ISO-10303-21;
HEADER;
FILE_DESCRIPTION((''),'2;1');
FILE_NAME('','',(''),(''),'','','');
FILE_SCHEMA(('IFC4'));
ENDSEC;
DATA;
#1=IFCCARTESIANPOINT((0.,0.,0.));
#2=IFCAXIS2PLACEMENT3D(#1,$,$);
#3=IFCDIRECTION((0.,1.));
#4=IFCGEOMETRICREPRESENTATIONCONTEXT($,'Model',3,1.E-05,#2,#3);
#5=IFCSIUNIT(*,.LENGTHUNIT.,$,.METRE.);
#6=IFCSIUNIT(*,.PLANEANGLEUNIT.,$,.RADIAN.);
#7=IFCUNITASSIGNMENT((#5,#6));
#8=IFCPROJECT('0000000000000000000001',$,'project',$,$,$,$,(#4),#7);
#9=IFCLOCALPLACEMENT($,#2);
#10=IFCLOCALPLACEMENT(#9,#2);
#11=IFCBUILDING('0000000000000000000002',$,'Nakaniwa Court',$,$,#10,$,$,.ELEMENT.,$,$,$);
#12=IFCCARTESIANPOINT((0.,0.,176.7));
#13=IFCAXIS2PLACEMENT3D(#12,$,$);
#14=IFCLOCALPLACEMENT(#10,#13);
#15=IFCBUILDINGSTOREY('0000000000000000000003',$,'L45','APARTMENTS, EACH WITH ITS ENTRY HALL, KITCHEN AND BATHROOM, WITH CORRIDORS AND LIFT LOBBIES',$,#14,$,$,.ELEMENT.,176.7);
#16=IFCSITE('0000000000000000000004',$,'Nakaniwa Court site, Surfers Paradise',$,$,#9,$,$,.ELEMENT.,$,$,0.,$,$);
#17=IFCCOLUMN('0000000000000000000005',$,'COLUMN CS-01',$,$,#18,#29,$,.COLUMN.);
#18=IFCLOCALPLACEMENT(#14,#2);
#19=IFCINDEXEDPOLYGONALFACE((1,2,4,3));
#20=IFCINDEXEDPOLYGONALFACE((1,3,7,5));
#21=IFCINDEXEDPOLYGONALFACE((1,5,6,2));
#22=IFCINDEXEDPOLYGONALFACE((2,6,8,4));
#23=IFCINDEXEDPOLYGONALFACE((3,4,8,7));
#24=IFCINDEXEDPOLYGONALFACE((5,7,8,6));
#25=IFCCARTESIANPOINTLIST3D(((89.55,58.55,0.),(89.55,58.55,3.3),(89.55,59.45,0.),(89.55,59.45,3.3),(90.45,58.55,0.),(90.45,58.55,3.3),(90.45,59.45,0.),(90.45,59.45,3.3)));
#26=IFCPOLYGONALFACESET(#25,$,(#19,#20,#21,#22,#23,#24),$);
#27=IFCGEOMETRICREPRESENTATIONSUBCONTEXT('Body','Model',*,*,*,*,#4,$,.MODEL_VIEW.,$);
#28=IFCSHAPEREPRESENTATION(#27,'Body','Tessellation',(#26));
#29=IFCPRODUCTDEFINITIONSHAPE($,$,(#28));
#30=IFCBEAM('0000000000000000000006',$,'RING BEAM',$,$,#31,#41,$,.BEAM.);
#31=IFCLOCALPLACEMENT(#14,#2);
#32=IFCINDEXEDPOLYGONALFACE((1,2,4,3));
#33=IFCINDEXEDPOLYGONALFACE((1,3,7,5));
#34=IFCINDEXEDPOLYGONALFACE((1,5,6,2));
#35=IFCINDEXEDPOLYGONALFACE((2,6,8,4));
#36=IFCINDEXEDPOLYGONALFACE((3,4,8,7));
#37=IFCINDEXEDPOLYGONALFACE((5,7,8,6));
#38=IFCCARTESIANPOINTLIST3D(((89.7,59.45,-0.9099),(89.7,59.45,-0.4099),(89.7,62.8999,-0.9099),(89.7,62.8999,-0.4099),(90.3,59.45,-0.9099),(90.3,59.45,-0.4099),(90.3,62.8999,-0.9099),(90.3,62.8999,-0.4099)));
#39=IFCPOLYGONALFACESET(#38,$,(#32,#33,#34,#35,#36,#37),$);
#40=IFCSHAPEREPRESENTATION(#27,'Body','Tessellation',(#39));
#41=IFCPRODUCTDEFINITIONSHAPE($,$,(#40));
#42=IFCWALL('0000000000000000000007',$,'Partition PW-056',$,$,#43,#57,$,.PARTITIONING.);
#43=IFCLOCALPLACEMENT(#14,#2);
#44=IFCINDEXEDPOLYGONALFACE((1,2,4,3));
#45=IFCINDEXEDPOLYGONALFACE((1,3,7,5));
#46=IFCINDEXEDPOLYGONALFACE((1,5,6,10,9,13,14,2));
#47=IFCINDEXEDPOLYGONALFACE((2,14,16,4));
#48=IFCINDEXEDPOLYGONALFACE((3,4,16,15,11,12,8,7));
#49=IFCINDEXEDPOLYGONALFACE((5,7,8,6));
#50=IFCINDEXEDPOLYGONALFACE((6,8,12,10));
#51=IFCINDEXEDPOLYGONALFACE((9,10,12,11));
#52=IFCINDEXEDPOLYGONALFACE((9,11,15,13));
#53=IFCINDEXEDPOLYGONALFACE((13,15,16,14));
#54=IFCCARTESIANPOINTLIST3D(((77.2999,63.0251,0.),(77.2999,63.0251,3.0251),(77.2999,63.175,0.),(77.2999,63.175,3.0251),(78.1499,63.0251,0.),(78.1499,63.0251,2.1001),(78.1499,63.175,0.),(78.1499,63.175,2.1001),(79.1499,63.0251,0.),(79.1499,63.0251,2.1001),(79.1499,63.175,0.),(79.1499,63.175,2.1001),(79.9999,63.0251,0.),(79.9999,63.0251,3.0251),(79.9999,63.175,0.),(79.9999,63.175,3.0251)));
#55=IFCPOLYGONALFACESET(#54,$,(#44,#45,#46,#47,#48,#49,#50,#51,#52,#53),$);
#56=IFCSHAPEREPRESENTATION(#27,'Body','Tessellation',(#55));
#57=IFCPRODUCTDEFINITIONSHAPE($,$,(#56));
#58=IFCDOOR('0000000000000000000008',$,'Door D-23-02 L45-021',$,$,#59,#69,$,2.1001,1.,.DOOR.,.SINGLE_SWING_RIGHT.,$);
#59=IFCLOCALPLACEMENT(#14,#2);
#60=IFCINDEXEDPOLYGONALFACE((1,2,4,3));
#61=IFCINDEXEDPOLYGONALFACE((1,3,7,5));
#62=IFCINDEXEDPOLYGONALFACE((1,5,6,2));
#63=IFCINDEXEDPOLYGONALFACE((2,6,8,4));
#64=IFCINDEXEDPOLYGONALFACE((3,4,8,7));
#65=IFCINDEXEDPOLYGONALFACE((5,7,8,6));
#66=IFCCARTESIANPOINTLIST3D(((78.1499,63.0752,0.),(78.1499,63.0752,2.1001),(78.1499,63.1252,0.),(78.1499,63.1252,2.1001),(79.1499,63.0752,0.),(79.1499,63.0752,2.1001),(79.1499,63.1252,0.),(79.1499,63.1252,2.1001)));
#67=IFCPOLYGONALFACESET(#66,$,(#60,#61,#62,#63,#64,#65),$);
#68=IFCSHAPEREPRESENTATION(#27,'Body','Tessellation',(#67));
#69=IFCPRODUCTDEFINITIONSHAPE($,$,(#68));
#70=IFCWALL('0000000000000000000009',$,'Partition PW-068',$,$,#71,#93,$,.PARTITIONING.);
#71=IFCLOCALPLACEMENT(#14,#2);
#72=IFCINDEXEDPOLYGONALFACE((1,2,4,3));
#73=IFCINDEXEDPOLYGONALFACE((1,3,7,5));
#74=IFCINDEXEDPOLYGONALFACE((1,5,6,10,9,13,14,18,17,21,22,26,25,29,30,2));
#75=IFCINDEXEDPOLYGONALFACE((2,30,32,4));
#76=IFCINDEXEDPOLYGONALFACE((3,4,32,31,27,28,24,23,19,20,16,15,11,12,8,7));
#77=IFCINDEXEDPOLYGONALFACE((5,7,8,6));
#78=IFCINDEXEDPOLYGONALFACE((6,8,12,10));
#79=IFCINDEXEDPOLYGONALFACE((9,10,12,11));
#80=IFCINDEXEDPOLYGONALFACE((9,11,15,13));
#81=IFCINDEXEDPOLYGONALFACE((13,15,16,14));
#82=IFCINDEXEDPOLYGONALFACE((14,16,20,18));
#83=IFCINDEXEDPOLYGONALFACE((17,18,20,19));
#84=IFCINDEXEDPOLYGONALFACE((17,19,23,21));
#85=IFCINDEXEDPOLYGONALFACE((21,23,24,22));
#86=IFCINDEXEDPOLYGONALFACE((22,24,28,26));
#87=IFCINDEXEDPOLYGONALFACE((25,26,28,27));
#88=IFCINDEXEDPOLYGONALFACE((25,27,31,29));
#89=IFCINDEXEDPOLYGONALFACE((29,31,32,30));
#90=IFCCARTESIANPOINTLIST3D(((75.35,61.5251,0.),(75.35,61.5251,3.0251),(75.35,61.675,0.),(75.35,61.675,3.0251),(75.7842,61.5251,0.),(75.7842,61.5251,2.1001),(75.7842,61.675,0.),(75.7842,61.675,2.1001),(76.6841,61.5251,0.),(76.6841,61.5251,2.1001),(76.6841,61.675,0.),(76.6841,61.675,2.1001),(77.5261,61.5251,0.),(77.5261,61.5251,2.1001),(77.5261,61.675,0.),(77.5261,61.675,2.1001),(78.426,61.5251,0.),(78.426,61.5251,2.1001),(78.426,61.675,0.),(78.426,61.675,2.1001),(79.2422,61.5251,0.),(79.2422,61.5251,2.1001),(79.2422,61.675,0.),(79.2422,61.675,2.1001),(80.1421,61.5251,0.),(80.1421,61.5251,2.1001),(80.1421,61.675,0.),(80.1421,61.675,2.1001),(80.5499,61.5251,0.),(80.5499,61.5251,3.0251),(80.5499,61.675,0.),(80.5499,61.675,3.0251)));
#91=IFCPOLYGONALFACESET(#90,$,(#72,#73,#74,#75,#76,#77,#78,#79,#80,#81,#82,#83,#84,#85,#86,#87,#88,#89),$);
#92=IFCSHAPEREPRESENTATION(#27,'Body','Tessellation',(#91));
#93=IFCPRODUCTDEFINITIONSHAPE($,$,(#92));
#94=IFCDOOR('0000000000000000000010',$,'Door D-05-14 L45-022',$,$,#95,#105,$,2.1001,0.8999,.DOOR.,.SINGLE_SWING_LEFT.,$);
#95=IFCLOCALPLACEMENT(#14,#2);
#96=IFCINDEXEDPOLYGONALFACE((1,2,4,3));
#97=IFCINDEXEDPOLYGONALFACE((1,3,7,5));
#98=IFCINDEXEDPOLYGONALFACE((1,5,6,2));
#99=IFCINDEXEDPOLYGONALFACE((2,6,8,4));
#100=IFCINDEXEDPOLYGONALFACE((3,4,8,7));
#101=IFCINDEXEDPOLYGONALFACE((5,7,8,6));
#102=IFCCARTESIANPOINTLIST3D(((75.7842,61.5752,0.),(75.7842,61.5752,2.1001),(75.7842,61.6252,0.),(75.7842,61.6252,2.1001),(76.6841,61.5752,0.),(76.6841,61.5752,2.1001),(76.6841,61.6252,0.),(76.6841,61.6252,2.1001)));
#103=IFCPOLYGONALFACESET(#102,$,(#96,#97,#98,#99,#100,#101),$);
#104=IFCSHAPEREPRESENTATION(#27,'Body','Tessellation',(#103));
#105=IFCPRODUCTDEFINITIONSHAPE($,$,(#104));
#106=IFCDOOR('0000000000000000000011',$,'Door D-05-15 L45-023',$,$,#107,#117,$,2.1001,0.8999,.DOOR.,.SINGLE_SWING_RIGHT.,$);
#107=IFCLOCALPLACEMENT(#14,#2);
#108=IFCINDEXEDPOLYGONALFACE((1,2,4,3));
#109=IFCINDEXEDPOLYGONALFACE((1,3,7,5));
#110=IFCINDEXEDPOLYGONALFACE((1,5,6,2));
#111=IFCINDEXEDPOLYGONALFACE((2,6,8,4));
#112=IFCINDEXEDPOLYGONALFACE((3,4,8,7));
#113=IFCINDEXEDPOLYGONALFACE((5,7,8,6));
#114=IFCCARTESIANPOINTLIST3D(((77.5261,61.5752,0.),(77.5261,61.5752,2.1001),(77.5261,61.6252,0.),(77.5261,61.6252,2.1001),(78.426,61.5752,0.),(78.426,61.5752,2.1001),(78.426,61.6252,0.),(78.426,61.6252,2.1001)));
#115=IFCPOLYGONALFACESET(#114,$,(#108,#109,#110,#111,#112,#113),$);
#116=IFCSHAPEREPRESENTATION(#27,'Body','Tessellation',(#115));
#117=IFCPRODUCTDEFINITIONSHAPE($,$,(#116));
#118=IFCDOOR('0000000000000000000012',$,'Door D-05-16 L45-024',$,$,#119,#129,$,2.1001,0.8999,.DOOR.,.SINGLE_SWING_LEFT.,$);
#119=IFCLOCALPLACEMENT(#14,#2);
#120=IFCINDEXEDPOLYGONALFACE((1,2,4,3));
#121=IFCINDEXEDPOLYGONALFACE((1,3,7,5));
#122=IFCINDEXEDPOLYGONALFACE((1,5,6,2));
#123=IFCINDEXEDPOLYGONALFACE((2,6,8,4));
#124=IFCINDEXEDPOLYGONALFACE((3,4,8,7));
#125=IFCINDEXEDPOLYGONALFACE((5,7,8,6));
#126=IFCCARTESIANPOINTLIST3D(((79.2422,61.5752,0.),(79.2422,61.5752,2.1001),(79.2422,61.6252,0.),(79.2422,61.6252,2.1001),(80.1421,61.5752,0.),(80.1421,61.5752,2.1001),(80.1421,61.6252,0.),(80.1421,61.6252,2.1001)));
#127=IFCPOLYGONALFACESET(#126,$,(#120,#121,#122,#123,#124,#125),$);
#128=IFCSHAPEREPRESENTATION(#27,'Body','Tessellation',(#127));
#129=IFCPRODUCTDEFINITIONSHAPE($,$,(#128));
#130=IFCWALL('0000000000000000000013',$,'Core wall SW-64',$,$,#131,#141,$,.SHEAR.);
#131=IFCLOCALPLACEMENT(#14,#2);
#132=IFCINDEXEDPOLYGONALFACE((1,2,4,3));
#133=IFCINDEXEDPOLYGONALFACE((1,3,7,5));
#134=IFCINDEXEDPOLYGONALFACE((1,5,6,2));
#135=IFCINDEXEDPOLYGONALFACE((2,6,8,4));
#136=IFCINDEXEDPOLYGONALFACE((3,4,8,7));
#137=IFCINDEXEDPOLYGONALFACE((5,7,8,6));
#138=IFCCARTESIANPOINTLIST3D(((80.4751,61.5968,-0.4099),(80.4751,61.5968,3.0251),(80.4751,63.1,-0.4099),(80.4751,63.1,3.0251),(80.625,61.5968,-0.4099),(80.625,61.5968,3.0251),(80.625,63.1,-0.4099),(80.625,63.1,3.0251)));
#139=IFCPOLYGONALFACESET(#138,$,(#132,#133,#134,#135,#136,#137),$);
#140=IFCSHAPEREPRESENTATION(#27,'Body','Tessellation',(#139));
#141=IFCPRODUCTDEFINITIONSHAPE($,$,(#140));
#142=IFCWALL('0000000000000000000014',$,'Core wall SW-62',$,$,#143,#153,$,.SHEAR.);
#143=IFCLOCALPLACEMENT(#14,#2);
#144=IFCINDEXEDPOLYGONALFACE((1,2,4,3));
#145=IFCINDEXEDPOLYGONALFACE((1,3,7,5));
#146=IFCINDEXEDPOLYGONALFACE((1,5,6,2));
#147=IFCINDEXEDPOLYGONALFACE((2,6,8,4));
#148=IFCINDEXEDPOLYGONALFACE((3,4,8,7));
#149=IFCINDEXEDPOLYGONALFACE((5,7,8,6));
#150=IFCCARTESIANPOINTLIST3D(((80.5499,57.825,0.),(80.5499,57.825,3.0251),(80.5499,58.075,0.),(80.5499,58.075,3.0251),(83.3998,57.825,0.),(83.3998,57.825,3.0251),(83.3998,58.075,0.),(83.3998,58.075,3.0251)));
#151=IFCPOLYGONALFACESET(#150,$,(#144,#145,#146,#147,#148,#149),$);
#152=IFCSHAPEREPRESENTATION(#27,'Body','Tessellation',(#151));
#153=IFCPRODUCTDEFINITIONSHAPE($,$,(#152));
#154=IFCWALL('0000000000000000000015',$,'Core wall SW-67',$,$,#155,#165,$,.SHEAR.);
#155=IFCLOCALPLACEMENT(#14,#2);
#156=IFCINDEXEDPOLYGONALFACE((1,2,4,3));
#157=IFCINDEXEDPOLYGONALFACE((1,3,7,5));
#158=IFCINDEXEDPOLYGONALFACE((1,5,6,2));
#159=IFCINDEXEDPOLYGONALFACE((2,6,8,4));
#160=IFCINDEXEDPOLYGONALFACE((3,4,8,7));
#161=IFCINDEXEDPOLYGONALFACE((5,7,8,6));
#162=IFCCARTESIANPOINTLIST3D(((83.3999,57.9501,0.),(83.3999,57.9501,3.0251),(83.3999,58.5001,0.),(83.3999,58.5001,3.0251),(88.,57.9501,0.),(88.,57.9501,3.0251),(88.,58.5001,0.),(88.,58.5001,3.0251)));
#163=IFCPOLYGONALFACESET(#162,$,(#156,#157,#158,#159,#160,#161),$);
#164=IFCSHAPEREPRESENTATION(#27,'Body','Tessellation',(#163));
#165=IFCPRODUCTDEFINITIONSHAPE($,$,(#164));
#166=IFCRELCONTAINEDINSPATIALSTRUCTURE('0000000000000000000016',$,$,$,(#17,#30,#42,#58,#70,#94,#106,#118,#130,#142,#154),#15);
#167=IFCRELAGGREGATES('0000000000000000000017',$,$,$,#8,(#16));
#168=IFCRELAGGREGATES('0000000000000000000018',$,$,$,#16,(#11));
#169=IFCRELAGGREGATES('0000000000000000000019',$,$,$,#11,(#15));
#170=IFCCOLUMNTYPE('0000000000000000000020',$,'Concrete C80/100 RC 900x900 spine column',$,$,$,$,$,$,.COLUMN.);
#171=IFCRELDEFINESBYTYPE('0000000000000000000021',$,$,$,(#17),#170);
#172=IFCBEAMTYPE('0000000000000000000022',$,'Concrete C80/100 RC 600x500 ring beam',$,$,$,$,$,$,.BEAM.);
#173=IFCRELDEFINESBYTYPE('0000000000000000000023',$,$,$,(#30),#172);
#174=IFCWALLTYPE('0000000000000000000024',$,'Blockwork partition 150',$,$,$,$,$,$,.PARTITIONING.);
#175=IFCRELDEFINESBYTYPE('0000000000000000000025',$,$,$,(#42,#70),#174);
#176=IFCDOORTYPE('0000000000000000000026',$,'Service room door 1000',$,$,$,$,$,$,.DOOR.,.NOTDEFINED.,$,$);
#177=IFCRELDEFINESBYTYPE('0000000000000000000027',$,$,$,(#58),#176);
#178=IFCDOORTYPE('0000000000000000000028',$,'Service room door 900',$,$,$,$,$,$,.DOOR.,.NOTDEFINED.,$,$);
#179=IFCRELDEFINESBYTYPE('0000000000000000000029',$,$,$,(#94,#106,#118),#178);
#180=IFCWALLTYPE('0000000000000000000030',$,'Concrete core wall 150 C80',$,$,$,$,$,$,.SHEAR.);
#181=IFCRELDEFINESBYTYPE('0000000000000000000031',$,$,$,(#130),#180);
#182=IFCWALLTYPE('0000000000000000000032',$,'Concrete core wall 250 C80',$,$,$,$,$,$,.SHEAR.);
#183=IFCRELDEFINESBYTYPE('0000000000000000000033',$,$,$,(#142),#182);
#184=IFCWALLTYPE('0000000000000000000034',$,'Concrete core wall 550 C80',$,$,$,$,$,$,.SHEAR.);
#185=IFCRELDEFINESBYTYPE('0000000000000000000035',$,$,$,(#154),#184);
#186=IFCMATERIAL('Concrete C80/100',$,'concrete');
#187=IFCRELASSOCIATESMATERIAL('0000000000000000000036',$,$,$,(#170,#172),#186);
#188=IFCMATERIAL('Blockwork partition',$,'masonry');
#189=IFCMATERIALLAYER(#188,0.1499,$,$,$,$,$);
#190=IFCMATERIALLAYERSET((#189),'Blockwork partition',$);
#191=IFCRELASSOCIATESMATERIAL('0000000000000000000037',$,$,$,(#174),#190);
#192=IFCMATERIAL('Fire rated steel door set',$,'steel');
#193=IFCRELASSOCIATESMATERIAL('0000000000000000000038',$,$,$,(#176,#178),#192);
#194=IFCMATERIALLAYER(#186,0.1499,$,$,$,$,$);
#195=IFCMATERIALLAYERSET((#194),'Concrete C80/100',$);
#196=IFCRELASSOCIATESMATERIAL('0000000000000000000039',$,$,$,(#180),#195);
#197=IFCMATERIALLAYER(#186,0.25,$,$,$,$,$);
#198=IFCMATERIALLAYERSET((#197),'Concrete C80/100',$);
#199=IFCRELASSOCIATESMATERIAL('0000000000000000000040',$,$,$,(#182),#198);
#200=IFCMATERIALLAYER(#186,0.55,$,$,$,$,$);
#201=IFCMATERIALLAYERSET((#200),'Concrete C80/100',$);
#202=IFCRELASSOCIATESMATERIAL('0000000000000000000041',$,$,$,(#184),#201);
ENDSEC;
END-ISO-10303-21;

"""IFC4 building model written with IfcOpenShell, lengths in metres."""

from ifc_helpers import new_model, si_unit, direction, frame, frame_2d, origin, origin_2d, place, context, subcontext, project, spatial, rectangle, extrude, material, layer, layer_set, material_profile, profile_set, type_object, element, fill, save


model = new_model("IFC4")

# Units and contexts
model_context = context("Model", 3, precision=1e-05, world=origin(), true_north=direction((0.0, 1.0)))
body_context = subcontext(model_context, "Body", "Model", "MODEL_VIEW")
ifc_project = project(units=[si_unit("LENGTHUNIT", "METRE"), si_unit("PLANEANGLEUNIT", "RADIAN")], contexts=[model_context])

# Site, building, storey
site_placement = place(None, origin())
site = spatial("IfcSite", under=ifc_project, at=site_placement, Name="Nakaniwa Court site, Surfers Paradise", CompositionType="ELEMENT", RefElevation=0.0)
building_placement = place(site_placement, origin())
building = spatial("IfcBuilding", under=site, at=building_placement, Name="Nakaniwa Court", CompositionType="ELEMENT")
storey_placement = place(building_placement, frame((0.0, 0.0, 176.7)))
storey = spatial("IfcBuildingStorey", under=building, at=storey_placement, Name="L45", Description="APARTMENTS, EACH WITH ITS ENTRY HALL, KITCHEN AND BATHROOM, WITH CORRIDORS AND LIFT LOBBIES", CompositionType="ELEMENT", Elevation=176.7)

# Column
ifc_material_1 = material(Name="Concrete C80/100", Category="concrete")
ifc_material_profile_1 = material_profile(ifc_material_1, rectangle(XDim=0.8999, YDim=0.8999, at=origin_2d()), Name="Concrete C80/100 RC 900x900 spine column")
ifc_profile_set_1 = profile_set([ifc_material_profile_1], Name="Concrete C80/100")
column_type = type_object("IfcColumnType", Name="Concrete C80/100 RC 900x900 spine column", PredefinedType="COLUMN", material=ifc_profile_set_1)
column_placement = place(storey_placement, frame((90.0, 59.0, 0.0), z_axis=(0.0, 0.0, 1.0), x_axis=(0.0, 1.0, 0.0)))
element("IfcColumn", 1, at=column_placement, inside=storey, type_object=column_type, Name="COLUMN CS-01", PredefinedType="COLUMN", context=body_context, shape_type="SweptSolid", body=[
    extrude(rectangle(XDim=0.8999, YDim=0.8999, at=origin_2d()), origin(), (0.0, 0.0, 1.0), 3.3),
])

# Beam
ifc_material_profile_2 = material_profile(ifc_material_1, rectangle(XDim=0.6001, YDim=0.5, at=origin_2d()), Name="Concrete C80/100 RC 600x500 ring beam")
ifc_profile_set_2 = profile_set([ifc_material_profile_2], Name="Concrete C80/100")
beam_type = type_object("IfcBeamType", Name="Concrete C80/100 RC 600x500 ring beam", PredefinedType="BEAM", material=ifc_profile_set_2)
beam_placement = place(storey_placement, frame((90.0, 59.45, -0.6599), z_axis=(0.0, 1.0, 0.0), x_axis=(-1.0, 0.0, 0.0)))
element("IfcBeam", 2, at=beam_placement, inside=storey, type_object=beam_type, Name="RING BEAM", PredefinedType="BEAM", context=body_context, shape_type="SweptSolid", body=[
    extrude(rectangle(XDim=0.6001, YDim=0.5, at=origin_2d()), origin(), (0.0, 0.0, 1.0), 3.45),
])

# Wall, opening, door
ifc_material_2 = material(Name="Blockwork partition", Category="masonry")
ifc_layer_1 = layer(ifc_material_2, 0.1499)
ifc_layer_set_1 = layer_set([ifc_layer_1], Name="Blockwork partition")
wall_type_1 = type_object("IfcWallType", Name="Blockwork partition 150", PredefinedType="PARTITIONING", material=ifc_layer_set_1)
wall_1_placement = place(storey_placement, frame((80.0, 63.1001, 0.0), z_axis=(0.0, 0.0, 1.0), x_axis=(-1.0, 0.0, 0.0)))
wall_1 = element("IfcWall", 3, at=wall_1_placement, inside=storey, type_object=wall_type_1, Name="Partition PW-056", PredefinedType="PARTITIONING", context=body_context, shape_type="SweptSolid", body=[
    extrude(rectangle(XDim=2.7, YDim=0.1499, at=frame_2d((1.3501, 0.0))), origin(), (0.0, 0.0, 1.0), 3.0251),
])
opening_1_placement = place(wall_1_placement, frame((0.8501, 0.0, 0.0)))
opening_1 = element("IfcOpeningElement", 4, at=opening_1_placement, cuts=wall_1, PredefinedType="OPENING", context=body_context, shape_type="SweptSolid", body=[
    extrude(rectangle(XDim=1.0, YDim=2.1001, at=frame_2d((0.5, 1.05))), frame((0.0, 0.085, 0.0), z_axis=(0.0, -1.0, 0.0), x_axis=(1.0, 0.0, 0.0)), (0.0, 0.0, 1.0), 0.1699),
])
ifc_material_3 = material(Name="Fire rated steel door set", Category="steel")
door_type_1 = type_object("IfcDoorType", Name="Service room door 1000", OperationType="NOTDEFINED", PredefinedType="DOOR", material=ifc_material_3)
door_1_placement = place(opening_1_placement, origin())
door_1 = element("IfcDoor", 5, at=door_1_placement, inside=storey, type_object=door_type_1, Name="Door D-23-02 L45-021", OperationType="SINGLE_SWING_RIGHT", OverallHeight=2.1001, OverallWidth=1.0, PredefinedType="DOOR", context=body_context, shape_type="SweptSolid", body=[
    extrude(rectangle(XDim=1.0, YDim=2.1001, at=frame_2d((0.5, 1.05))), frame((0.0, 0.0249, 0.0), z_axis=(0.0, -1.0, 0.0), x_axis=(1.0, 0.0, 0.0)), (0.0, 0.0, 1.0), 0.05),
])
fill(opening_1, door_1)

# Wall, openings, doors
wall_2_placement = place(storey_placement, frame((80.55, 61.6001, 0.0), z_axis=(0.0, 0.0, 1.0), x_axis=(-1.0, 0.0, 0.0)))
wall_2 = element("IfcWall", 6, at=wall_2_placement, inside=storey, type_object=wall_type_1, Name="Partition PW-068", PredefinedType="PARTITIONING", context=body_context, shape_type="SweptSolid", body=[
    extrude(rectangle(XDim=5.2, YDim=0.1499, at=frame_2d((2.6001, 0.0))), origin(), (0.0, 0.0, 1.0), 3.0251),
])
opening_2_placement = place(wall_2_placement, frame((3.866, 0.0, 0.0)))
opening_2 = element("IfcOpeningElement", 7, at=opening_2_placement, cuts=wall_2, PredefinedType="OPENING", context=body_context, shape_type="SweptSolid", body=[
    extrude(rectangle(XDim=0.8999, YDim=2.1001, at=frame_2d((0.45, 1.05))), frame((0.0, 0.085, 0.0), z_axis=(0.0, -1.0, 0.0), x_axis=(1.0, 0.0, 0.0)), (0.0, 0.0, 1.0), 0.1699),
])
opening_3_placement = place(wall_2_placement, frame((2.124, 0.0, 0.0)))
opening_3 = element("IfcOpeningElement", 8, at=opening_3_placement, cuts=wall_2, PredefinedType="OPENING", context=body_context, shape_type="SweptSolid", body=[
    extrude(rectangle(XDim=0.8999, YDim=2.1001, at=frame_2d((0.45, 1.05))), frame((0.0, 0.085, 0.0), z_axis=(0.0, -1.0, 0.0), x_axis=(1.0, 0.0, 0.0)), (0.0, 0.0, 1.0), 0.1699),
])
opening_4_placement = place(wall_2_placement, frame((0.408, 0.0, 0.0)))
opening_4 = element("IfcOpeningElement", 9, at=opening_4_placement, cuts=wall_2, PredefinedType="OPENING", context=body_context, shape_type="SweptSolid", body=[
    extrude(rectangle(XDim=0.8999, YDim=2.1001, at=frame_2d((0.45, 1.05))), frame((0.0, 0.085, 0.0), z_axis=(0.0, -1.0, 0.0), x_axis=(1.0, 0.0, 0.0)), (0.0, 0.0, 1.0), 0.1699),
])
door_type_2 = type_object("IfcDoorType", Name="Service room door 900", OperationType="NOTDEFINED", PredefinedType="DOOR", material=ifc_material_3)
door_2_placement = place(opening_2_placement, origin())
door_2 = element("IfcDoor", 10, at=door_2_placement, inside=storey, type_object=door_type_2, Name="Door D-05-14 L45-022", OperationType="SINGLE_SWING_LEFT", OverallHeight=2.1001, OverallWidth=0.8999, PredefinedType="DOOR", context=body_context, shape_type="SweptSolid", body=[
    extrude(rectangle(XDim=0.8999, YDim=2.1001, at=frame_2d((0.45, 1.05))), frame((0.0, 0.0249, 0.0), z_axis=(0.0, -1.0, 0.0), x_axis=(1.0, 0.0, 0.0)), (0.0, 0.0, 1.0), 0.05),
])
fill(opening_2, door_2)
door_3_placement = place(opening_3_placement, origin())
door_3 = element("IfcDoor", 11, at=door_3_placement, inside=storey, type_object=door_type_2, Name="Door D-05-15 L45-023", OperationType="SINGLE_SWING_RIGHT", OverallHeight=2.1001, OverallWidth=0.8999, PredefinedType="DOOR", context=body_context, shape_type="SweptSolid", body=[
    extrude(rectangle(XDim=0.8999, YDim=2.1001, at=frame_2d((0.45, 1.05))), frame((0.0, 0.0249, 0.0), z_axis=(0.0, -1.0, 0.0), x_axis=(1.0, 0.0, 0.0)), (0.0, 0.0, 1.0), 0.05),
])
fill(opening_3, door_3)
door_4_placement = place(opening_4_placement, origin())
door_4 = element("IfcDoor", 12, at=door_4_placement, inside=storey, type_object=door_type_2, Name="Door D-05-16 L45-024", OperationType="SINGLE_SWING_LEFT", OverallHeight=2.1001, OverallWidth=0.8999, PredefinedType="DOOR", context=body_context, shape_type="SweptSolid", body=[
    extrude(rectangle(XDim=0.8999, YDim=2.1001, at=frame_2d((0.45, 1.05))), frame((0.0, 0.0249, 0.0), z_axis=(0.0, -1.0, 0.0), x_axis=(1.0, 0.0, 0.0)), (0.0, 0.0, 1.0), 0.05),
])
fill(opening_4, door_4)

# Walls
ifc_layer_2 = layer(ifc_material_1, 0.1499)
ifc_layer_set_2 = layer_set([ifc_layer_2], Name="Concrete C80/100")
wall_type_2 = type_object("IfcWallType", Name="Concrete core wall 150 C80", PredefinedType="SHEAR", material=ifc_layer_set_2)
wall_3_placement = place(storey_placement, frame((80.55, 61.5969, -0.4099), z_axis=(0.0, 0.0, 1.0), x_axis=(0.0, 1.0, 0.0)))
element("IfcWall", 13, at=wall_3_placement, inside=storey, type_object=wall_type_2, Name="Core wall SW-64", PredefinedType="SHEAR", context=body_context, shape_type="SweptSolid", body=[
    extrude(rectangle(XDim=1.5032, YDim=0.1499, at=frame_2d((0.7515, 0.0))), origin(), (0.0, 0.0, 1.0), 3.4351),
])
ifc_layer_3 = layer(ifc_material_1, 0.25)
ifc_layer_set_3 = layer_set([ifc_layer_3], Name="Concrete C80/100")
wall_type_3 = type_object("IfcWallType", Name="Concrete core wall 250 C80", PredefinedType="SHEAR", material=ifc_layer_set_3)
wall_4_placement = place(storey_placement, frame((80.55, 57.95, 0.0), z_axis=(0.0, 0.0, 1.0), x_axis=(1.0, 0.0, 0.0)))
element("IfcWall", 14, at=wall_4_placement, inside=storey, type_object=wall_type_3, Name="Core wall SW-62", PredefinedType="SHEAR", context=body_context, shape_type="SweptSolid", body=[
    extrude(rectangle(XDim=2.8499, YDim=0.25, at=frame_2d((1.4248, 0.0))), origin(), (0.0, 0.0, 1.0), 3.0251),
])
ifc_layer_4 = layer(ifc_material_1, 0.55)
ifc_layer_set_4 = layer_set([ifc_layer_4], Name="Concrete C80/100")
wall_type_4 = type_object("IfcWallType", Name="Concrete core wall 550 C80", PredefinedType="SHEAR", material=ifc_layer_set_4)
wall_5_placement = place(storey_placement, frame((83.3999, 58.2251, 0.0), z_axis=(0.0, 0.0, 1.0), x_axis=(1.0, 0.0, 0.0)))
element("IfcWall", 15, at=wall_5_placement, inside=storey, type_object=wall_type_4, Name="Core wall SW-67", PredefinedType="SHEAR", context=body_context, shape_type="SweptSolid", body=[
    extrude(rectangle(XDim=4.6001, YDim=0.55, at=frame_2d((2.3, 0.0))), origin(), (0.0, 0.0, 1.0), 3.0251),
])

save(model, "model.ifc")
